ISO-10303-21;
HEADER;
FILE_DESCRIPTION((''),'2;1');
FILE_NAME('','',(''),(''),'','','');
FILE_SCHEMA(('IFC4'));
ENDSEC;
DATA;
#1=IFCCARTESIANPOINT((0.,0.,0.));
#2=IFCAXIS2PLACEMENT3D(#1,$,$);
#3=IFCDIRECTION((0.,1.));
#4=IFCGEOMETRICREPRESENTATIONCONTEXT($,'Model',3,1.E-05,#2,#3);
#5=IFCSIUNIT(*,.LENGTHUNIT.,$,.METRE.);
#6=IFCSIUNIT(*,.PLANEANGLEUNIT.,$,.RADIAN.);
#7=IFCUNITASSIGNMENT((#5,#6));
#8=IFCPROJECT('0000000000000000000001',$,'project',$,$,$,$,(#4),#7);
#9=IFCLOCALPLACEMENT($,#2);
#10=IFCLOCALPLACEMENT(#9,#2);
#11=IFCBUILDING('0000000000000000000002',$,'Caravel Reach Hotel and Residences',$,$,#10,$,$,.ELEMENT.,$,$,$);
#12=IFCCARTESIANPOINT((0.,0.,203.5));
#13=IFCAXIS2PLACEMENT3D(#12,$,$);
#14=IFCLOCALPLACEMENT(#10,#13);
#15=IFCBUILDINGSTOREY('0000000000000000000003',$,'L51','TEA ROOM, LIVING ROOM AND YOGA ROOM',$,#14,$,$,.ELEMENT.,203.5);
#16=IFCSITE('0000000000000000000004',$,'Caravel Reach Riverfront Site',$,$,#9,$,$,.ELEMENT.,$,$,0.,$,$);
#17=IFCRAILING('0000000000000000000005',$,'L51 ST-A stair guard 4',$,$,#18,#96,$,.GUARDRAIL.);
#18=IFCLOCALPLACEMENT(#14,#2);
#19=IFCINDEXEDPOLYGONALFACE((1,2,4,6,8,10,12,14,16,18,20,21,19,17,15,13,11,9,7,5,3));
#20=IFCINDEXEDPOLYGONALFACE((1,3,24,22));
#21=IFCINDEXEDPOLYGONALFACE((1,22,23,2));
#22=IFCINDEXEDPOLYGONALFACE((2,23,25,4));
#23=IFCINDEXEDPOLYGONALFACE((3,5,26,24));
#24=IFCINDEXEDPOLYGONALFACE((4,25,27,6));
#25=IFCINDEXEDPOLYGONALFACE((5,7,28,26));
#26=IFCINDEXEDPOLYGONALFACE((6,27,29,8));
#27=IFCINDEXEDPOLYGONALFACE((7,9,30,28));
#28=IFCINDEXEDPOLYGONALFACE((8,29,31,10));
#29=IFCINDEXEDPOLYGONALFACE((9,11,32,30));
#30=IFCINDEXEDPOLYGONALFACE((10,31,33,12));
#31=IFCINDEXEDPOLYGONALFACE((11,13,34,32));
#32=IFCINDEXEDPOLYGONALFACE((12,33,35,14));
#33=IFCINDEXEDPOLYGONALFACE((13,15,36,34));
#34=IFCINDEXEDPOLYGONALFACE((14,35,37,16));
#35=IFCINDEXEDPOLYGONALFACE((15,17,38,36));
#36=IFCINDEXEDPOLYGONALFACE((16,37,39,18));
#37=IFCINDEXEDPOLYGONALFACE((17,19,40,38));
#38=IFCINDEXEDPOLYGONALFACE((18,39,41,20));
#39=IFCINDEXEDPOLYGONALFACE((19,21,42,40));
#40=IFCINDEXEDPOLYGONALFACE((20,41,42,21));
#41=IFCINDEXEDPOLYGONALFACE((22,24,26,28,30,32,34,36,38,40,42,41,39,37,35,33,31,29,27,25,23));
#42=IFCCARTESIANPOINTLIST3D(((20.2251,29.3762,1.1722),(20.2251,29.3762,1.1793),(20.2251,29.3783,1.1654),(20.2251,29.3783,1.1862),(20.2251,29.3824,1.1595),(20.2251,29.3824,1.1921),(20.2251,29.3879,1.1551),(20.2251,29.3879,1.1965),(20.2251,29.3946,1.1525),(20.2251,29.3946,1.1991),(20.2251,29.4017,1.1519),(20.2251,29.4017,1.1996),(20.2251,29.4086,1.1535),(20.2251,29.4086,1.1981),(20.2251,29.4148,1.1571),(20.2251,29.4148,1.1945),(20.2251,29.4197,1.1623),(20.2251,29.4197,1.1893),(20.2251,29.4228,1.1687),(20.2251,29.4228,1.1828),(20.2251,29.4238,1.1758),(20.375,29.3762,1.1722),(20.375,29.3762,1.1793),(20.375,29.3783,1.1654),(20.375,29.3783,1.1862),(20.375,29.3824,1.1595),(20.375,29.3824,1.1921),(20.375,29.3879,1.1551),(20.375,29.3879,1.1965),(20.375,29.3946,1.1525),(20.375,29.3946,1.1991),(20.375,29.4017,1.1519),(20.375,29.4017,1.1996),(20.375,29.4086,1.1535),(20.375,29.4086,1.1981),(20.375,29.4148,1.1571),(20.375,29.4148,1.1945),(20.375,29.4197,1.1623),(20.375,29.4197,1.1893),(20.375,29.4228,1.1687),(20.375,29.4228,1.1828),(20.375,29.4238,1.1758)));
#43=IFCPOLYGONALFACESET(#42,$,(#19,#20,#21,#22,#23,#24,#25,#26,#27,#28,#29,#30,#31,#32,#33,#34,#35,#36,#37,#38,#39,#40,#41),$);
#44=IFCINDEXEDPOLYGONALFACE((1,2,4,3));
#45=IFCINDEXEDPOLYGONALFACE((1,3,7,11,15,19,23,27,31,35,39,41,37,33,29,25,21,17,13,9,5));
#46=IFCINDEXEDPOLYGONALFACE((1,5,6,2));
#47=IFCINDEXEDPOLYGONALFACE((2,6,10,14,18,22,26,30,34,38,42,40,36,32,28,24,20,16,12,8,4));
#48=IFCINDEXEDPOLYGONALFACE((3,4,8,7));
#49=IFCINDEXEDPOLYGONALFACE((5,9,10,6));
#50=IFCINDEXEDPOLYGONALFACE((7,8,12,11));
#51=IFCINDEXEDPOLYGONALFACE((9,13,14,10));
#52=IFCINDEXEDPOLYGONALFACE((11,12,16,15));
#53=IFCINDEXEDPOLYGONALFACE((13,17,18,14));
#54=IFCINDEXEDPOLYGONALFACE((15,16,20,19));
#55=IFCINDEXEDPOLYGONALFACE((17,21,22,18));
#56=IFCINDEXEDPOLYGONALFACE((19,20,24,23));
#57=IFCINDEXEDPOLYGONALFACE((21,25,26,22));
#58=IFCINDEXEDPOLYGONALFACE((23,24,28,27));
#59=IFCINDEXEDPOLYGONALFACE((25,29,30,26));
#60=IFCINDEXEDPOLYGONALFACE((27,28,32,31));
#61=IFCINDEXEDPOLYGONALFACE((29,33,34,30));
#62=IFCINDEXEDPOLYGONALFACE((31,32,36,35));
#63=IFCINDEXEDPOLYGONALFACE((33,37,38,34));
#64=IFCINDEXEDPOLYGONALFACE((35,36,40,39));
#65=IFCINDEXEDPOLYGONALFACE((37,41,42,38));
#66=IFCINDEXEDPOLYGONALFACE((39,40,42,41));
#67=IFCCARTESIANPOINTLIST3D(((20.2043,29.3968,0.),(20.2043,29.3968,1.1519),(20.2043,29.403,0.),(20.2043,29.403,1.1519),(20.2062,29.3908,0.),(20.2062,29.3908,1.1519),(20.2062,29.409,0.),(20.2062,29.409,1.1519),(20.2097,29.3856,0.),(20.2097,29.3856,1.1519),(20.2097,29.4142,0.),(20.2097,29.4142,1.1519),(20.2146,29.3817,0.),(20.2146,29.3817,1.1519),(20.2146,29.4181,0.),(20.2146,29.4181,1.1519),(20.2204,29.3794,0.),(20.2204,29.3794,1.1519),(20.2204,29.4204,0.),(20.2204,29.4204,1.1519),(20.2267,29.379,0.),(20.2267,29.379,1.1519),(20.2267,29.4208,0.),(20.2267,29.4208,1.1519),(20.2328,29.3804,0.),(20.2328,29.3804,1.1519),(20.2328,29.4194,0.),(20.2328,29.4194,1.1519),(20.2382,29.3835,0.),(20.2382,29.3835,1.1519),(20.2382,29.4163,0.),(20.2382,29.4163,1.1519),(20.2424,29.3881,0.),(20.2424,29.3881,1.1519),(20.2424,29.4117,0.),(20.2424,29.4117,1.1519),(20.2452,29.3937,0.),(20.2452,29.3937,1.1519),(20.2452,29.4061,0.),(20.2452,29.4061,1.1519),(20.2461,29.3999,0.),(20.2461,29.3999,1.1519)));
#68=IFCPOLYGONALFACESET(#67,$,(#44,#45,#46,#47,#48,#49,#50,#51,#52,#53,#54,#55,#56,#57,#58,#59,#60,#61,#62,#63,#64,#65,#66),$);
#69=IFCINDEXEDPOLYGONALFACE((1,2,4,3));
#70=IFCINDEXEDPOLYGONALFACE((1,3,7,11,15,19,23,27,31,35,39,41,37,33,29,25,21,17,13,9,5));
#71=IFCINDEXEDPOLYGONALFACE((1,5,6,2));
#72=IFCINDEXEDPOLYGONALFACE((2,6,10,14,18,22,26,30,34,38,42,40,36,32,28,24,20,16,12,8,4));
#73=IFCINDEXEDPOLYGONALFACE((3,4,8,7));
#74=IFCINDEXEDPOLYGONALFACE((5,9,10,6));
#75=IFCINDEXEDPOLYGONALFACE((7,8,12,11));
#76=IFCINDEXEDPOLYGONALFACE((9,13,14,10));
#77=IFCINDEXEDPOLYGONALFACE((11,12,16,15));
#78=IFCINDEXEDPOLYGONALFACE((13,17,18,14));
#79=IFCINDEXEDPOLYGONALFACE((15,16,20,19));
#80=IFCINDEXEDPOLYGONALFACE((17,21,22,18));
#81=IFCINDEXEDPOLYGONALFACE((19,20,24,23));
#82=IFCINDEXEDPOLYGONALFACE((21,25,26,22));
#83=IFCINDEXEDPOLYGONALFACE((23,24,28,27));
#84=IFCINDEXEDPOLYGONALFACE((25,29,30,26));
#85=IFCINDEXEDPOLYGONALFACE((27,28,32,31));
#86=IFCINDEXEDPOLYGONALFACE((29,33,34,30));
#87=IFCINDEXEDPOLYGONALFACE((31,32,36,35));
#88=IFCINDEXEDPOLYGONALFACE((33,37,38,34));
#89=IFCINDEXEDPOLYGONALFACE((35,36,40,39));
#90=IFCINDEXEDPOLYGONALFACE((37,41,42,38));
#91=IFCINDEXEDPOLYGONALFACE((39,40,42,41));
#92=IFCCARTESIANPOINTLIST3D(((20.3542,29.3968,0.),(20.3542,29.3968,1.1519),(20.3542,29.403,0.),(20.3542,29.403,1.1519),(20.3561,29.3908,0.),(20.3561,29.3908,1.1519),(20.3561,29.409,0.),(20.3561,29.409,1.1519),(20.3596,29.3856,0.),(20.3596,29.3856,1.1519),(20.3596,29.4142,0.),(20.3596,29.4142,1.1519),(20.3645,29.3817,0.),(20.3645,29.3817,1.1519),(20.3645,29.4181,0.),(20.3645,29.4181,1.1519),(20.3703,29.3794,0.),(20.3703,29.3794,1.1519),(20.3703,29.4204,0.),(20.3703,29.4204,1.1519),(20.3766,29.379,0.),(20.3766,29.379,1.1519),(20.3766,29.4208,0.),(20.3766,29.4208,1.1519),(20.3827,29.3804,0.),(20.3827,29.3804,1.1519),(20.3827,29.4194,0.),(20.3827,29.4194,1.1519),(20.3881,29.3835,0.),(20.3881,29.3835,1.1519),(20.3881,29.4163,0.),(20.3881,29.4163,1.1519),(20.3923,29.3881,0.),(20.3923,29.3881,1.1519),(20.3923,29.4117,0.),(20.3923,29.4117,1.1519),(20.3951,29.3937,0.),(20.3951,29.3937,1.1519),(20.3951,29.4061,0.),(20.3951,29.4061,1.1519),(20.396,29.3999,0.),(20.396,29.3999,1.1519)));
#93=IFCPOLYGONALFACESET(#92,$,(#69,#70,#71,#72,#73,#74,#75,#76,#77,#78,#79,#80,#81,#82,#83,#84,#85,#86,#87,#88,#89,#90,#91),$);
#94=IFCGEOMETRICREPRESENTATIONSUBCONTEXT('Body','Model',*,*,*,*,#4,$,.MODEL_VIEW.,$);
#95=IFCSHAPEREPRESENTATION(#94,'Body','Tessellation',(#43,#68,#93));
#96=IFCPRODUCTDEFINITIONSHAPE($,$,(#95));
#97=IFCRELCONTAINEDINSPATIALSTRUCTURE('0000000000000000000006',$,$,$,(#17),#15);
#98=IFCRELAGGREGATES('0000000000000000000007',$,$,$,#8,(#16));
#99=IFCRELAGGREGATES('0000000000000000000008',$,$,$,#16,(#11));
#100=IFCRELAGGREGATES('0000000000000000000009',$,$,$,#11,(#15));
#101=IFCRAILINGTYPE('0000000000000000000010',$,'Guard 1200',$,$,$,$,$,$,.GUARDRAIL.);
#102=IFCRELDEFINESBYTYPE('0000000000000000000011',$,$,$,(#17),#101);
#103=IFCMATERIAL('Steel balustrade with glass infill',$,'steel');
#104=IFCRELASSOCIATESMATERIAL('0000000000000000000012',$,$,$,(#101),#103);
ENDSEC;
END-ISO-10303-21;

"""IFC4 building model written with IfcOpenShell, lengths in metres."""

from ifc_helpers import new_model, si_unit, direction, frame, origin, origin_2d, place, context, subcontext, project, spatial, circle, extrude, material, type_object, element, save


model = new_model("IFC4")

# Units and contexts
model_context = context("Model", 3, precision=1e-05, world=origin(), true_north=direction((0.0, 1.0)))
body_context = subcontext(model_context, "Body", "Model", "MODEL_VIEW")
ifc_project = project(units=[si_unit("LENGTHUNIT", "METRE"), si_unit("PLANEANGLEUNIT", "RADIAN")], contexts=[model_context])

# Site, building, storey
site_placement = place(None, origin())
site = spatial("IfcSite", under=ifc_project, at=site_placement, Name="Caravel Reach Riverfront Site", CompositionType="ELEMENT", RefElevation=0.0)
building_placement = place(site_placement, origin())
building = spatial("IfcBuilding", under=site, at=building_placement, Name="Caravel Reach Hotel and Residences", CompositionType="ELEMENT")
storey_placement = place(building_placement, frame((0.0, 0.0, 203.5)))
storey = spatial("IfcBuildingStorey", under=building, at=storey_placement, Name="L51", Description="TEA ROOM, LIVING ROOM AND YOGA ROOM", CompositionType="ELEMENT", Elevation=203.5)

# Railing
ifc_material_1 = material(Name="Steel balustrade with glass infill", Category="steel")
railing_type_1 = type_object("IfcRailingType", Name="Guard 1200", PredefinedType="GUARDRAIL", material=ifc_material_1)
railing_1_placement = place(storey_placement, frame((20.2251, 29.3999, 0.0)))
element("IfcRailing", 1, at=railing_1_placement, inside=storey, type_object=railing_type_1, Name="L51 ST-A stair guard 4", PredefinedType="GUARDRAIL", context=body_context, shape_type="SweptSolid", body=[
    extrude(circle(Radius=0.0239, at=origin_2d()), frame((0.0, 0.0, 1.1758), z_axis=(1.0, 0.0, 0.0), x_axis=(0.0, 1.0, 0.0)), (0.0, 0.0, 1.0), 0.1499),
    extrude(circle(Radius=0.021, at=origin_2d()), origin(), (0.0, 0.0, 1.0), 1.1519),
    extrude(circle(Radius=0.021, at=origin_2d()), frame((0.1499, 0.0, 0.0)), (0.0, 0.0, 1.0), 1.1519),
])

save(model, "model.ifc")
